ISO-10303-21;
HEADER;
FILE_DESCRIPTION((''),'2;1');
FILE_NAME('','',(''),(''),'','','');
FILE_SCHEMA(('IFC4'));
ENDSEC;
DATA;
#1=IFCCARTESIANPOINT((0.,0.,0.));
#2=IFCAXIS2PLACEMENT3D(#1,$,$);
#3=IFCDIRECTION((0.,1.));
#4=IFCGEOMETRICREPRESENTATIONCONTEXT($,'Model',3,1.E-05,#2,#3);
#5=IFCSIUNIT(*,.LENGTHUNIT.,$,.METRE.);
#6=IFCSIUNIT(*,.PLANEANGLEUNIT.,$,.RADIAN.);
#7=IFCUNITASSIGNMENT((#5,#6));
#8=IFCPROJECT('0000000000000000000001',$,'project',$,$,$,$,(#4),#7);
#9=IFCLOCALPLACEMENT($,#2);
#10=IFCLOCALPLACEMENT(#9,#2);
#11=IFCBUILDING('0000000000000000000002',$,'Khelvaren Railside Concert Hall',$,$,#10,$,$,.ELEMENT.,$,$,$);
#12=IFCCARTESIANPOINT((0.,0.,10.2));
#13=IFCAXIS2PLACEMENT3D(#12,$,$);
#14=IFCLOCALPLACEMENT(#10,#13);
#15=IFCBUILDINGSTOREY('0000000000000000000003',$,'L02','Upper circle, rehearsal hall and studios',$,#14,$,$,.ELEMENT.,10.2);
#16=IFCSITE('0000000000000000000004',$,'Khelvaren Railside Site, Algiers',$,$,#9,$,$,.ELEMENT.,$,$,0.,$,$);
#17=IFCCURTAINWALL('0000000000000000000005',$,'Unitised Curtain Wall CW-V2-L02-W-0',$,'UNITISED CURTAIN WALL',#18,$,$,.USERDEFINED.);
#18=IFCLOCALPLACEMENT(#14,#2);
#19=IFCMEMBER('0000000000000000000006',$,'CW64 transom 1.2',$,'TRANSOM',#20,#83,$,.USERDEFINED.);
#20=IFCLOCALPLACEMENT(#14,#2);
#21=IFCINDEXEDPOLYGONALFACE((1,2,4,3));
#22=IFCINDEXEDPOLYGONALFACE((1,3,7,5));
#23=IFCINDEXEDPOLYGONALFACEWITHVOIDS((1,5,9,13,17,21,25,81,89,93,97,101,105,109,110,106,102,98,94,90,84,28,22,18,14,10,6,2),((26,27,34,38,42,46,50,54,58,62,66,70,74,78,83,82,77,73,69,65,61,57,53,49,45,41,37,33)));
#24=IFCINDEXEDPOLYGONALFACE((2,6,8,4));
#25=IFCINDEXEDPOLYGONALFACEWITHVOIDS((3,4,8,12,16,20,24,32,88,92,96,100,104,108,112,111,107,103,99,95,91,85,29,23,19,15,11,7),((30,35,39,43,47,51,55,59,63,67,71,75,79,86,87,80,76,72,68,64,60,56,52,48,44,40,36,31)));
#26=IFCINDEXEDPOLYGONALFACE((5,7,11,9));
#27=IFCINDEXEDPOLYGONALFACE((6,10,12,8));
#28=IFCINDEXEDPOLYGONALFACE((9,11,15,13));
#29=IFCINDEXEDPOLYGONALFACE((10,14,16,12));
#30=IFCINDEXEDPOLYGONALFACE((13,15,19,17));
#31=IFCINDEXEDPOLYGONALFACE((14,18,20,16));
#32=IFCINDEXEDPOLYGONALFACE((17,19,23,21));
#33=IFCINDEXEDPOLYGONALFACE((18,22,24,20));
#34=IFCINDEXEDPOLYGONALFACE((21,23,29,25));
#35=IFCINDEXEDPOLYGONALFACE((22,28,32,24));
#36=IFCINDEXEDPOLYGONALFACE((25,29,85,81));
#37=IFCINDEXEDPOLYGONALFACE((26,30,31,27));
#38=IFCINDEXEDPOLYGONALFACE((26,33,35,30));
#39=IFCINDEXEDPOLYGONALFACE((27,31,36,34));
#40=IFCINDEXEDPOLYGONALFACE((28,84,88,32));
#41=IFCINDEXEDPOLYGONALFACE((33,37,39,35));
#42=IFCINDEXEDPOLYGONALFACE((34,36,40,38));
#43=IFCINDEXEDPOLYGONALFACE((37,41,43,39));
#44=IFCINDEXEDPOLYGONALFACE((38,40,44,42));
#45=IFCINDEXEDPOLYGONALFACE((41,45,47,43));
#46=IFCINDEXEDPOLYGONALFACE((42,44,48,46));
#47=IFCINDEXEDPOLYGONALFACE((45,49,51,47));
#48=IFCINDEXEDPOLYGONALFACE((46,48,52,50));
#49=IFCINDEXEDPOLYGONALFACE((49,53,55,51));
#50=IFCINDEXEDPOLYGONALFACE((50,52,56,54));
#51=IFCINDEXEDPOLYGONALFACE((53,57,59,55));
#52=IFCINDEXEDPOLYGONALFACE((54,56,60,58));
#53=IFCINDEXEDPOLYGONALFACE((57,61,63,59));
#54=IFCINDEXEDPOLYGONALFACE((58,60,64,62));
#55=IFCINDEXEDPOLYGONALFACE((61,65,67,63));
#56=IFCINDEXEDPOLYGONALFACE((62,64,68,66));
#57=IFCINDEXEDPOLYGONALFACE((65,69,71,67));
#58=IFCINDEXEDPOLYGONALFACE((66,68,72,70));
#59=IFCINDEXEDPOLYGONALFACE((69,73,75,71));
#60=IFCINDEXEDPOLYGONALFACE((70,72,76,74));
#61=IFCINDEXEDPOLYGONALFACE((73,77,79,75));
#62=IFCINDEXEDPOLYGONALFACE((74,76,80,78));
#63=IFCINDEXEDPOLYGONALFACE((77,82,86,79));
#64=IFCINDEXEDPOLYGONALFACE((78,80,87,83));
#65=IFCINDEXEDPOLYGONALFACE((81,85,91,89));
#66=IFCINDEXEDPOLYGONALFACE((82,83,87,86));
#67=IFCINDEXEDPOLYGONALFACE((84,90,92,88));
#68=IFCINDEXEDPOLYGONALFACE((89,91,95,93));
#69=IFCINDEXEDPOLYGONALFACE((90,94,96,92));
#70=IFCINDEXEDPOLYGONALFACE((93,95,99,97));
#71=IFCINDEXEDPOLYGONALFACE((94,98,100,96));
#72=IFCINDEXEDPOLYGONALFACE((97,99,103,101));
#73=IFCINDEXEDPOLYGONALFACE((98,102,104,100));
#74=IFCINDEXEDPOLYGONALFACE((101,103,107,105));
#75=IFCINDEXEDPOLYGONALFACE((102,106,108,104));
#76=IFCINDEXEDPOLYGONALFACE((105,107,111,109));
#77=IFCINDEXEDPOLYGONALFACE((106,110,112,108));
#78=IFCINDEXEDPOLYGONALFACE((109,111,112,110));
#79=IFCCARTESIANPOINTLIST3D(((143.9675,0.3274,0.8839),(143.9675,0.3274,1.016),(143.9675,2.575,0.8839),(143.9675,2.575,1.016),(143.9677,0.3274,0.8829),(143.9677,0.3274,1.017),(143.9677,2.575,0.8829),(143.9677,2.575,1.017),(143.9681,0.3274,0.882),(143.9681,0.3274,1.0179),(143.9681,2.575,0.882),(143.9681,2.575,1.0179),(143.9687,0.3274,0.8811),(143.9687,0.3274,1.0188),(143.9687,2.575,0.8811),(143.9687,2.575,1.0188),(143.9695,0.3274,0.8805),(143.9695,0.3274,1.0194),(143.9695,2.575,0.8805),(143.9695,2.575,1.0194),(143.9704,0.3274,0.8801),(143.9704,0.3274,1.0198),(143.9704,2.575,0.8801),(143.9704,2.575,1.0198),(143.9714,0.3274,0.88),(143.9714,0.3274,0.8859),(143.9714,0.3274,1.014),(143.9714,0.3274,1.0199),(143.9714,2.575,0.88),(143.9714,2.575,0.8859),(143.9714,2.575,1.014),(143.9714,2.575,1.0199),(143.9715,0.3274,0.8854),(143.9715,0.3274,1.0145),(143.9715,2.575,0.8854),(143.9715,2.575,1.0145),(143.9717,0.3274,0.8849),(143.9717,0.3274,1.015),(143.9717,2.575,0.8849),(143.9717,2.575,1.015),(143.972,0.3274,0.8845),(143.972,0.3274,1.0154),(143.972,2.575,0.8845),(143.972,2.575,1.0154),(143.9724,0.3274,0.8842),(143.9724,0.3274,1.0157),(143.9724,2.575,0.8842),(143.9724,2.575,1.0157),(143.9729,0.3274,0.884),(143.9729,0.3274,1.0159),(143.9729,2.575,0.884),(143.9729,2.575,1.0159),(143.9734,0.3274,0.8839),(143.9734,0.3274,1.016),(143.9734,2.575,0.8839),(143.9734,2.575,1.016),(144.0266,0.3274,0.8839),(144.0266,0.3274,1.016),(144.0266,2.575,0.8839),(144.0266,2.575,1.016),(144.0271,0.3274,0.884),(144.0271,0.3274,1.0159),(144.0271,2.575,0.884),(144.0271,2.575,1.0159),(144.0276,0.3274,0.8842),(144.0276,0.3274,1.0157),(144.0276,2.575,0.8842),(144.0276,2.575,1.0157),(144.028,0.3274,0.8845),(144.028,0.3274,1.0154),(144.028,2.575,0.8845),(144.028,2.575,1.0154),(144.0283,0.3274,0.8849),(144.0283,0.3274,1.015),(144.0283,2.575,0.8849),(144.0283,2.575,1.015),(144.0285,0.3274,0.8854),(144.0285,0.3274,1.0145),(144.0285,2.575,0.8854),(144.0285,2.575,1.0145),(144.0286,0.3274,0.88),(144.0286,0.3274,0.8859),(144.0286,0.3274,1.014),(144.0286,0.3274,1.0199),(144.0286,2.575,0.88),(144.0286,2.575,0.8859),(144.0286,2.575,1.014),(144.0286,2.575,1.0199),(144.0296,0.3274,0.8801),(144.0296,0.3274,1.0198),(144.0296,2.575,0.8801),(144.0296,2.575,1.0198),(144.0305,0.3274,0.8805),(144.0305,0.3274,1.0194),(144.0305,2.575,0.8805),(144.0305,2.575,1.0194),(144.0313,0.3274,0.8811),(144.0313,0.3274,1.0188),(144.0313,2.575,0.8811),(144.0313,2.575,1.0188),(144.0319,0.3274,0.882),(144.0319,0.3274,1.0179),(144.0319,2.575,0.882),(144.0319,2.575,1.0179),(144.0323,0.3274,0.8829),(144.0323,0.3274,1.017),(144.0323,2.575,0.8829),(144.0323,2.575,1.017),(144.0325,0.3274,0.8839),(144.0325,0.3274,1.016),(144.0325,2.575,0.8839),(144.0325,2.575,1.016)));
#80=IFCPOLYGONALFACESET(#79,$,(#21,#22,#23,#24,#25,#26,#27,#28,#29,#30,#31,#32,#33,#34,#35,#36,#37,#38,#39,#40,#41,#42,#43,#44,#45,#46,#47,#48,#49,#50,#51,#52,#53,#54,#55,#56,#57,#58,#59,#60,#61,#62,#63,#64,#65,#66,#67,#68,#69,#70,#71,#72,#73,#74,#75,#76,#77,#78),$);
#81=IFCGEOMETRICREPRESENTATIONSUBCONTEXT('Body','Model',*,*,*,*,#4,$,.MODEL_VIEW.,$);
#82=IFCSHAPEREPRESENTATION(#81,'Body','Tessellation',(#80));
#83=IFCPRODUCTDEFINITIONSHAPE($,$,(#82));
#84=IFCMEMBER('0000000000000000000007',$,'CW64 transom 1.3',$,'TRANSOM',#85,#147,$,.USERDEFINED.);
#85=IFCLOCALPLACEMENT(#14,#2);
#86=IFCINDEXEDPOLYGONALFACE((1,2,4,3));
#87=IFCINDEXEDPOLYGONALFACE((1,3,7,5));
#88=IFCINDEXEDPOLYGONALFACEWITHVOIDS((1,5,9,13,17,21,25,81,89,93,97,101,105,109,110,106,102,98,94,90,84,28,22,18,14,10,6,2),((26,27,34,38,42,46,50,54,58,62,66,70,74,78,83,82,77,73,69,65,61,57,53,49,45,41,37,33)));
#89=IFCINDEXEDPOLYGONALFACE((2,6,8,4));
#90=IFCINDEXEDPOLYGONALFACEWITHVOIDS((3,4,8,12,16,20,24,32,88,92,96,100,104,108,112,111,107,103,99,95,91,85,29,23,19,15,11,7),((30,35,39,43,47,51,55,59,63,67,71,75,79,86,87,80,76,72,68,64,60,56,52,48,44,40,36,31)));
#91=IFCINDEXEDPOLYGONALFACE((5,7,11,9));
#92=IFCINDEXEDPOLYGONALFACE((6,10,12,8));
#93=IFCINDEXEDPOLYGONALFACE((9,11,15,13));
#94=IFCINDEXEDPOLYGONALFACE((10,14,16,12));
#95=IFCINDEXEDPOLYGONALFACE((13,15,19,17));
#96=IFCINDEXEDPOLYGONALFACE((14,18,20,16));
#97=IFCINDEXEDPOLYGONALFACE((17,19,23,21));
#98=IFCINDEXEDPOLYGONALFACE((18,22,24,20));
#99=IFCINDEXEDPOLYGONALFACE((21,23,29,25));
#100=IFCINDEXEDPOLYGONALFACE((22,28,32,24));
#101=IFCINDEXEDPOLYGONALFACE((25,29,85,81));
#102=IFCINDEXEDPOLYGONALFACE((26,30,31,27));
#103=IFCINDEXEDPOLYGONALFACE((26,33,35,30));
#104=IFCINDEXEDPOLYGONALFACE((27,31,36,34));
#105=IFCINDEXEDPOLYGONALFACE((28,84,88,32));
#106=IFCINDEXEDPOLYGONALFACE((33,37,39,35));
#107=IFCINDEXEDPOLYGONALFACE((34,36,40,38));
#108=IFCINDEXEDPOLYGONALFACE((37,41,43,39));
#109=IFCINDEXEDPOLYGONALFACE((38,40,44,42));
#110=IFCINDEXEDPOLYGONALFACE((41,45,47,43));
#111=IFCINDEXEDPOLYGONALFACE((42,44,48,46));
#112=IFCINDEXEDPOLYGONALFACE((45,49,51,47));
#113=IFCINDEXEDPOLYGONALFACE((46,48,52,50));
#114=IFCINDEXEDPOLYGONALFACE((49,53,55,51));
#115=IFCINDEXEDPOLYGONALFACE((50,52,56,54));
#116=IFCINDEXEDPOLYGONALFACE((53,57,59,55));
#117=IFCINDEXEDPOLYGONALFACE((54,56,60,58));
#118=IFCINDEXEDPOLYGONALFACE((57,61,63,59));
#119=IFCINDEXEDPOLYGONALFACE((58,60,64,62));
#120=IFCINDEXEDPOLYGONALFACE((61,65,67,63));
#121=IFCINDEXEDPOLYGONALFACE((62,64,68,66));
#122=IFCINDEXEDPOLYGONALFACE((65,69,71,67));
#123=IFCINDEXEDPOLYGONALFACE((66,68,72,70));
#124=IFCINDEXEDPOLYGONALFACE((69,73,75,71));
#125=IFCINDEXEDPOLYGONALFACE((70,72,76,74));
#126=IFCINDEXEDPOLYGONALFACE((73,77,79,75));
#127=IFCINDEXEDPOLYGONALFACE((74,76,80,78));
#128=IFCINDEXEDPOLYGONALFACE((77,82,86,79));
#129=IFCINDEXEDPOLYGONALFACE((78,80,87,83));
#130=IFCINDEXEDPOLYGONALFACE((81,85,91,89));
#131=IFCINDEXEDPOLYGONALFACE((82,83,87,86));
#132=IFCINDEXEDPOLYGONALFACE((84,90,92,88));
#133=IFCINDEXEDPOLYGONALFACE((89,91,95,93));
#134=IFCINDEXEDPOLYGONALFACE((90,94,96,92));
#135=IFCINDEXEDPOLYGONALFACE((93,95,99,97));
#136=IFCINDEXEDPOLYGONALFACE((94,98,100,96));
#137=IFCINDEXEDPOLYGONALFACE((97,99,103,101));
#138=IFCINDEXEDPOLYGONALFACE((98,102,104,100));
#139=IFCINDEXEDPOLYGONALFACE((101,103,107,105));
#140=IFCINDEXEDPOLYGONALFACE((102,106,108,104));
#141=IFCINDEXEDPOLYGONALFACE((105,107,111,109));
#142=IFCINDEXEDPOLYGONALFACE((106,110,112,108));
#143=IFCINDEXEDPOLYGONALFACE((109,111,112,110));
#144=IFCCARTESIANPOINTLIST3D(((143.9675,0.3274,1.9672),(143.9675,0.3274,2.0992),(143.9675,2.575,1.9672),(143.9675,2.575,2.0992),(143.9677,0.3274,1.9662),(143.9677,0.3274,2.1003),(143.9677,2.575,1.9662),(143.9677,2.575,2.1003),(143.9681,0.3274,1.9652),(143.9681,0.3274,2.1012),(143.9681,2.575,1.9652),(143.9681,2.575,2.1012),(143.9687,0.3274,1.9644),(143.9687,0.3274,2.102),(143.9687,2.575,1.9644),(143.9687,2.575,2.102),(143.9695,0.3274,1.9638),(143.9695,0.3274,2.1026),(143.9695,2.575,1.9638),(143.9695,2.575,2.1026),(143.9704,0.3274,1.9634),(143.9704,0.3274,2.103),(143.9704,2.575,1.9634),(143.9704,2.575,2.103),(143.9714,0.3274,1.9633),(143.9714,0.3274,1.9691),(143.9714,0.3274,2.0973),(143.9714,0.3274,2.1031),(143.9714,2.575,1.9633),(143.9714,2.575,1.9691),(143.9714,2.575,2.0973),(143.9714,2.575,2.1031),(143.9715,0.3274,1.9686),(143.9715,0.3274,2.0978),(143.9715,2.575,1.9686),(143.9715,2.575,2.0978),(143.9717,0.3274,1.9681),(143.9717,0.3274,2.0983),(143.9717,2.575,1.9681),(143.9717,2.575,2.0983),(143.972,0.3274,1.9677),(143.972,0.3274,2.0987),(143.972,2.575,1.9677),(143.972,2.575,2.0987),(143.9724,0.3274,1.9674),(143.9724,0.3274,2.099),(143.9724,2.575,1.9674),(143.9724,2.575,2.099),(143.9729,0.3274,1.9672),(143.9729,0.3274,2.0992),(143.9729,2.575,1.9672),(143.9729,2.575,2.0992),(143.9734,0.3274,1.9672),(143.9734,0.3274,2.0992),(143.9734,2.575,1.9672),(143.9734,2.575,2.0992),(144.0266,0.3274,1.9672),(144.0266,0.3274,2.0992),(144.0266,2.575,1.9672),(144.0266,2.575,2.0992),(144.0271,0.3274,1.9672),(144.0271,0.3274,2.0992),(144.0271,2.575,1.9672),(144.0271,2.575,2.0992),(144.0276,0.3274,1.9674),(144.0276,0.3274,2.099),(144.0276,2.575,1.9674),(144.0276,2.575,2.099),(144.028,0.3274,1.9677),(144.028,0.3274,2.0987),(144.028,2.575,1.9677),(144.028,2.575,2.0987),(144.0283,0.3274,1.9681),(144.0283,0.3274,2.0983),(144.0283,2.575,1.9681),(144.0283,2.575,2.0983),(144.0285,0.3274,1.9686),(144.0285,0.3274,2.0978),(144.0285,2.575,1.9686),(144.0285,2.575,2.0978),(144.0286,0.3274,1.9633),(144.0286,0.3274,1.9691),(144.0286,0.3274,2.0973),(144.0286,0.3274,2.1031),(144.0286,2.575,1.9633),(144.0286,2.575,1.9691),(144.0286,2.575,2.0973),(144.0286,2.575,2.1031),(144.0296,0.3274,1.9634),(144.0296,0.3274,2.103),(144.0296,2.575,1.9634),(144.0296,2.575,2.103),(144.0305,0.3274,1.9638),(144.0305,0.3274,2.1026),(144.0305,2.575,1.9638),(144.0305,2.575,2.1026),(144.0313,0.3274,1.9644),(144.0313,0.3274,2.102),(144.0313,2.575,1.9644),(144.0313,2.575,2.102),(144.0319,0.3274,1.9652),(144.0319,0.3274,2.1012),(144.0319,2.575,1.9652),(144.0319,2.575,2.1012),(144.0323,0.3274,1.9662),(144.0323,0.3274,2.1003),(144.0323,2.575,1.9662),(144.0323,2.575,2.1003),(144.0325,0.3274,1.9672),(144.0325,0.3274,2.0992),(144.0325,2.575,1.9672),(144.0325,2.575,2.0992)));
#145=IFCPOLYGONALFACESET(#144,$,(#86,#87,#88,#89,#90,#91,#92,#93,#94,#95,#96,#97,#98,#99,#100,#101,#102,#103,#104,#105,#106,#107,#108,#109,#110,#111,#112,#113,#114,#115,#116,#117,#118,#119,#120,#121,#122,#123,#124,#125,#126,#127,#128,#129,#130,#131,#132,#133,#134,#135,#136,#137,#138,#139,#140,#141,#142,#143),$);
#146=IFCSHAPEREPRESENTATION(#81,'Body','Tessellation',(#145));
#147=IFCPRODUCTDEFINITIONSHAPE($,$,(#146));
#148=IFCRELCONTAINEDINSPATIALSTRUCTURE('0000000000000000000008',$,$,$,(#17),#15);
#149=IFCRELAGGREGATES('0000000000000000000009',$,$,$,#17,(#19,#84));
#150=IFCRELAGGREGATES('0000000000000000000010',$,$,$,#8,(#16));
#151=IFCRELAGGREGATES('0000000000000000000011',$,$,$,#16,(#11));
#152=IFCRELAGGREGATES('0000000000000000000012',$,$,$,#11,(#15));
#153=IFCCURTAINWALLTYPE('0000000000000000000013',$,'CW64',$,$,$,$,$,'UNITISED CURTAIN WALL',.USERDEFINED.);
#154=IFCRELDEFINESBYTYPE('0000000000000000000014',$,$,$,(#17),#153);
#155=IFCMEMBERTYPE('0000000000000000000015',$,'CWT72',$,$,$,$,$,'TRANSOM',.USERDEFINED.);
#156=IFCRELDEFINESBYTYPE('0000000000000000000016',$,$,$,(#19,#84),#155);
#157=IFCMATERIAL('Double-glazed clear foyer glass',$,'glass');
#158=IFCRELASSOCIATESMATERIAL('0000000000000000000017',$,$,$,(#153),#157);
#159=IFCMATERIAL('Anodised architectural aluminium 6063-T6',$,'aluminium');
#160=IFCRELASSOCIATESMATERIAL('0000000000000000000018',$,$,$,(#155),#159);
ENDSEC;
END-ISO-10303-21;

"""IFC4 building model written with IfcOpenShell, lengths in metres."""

from ifc_helpers import new_model, si_unit, direction, frame, origin, origin_2d, place, context, subcontext, project, spatial, hollow_rectangle, extrude, material, material_profile, profile_set, type_object, element, aggregate, save


model = new_model("IFC4")

# Units and contexts
model_context = context("Model", 3, precision=1e-05, world=origin(), true_north=direction((0.0, 1.0)))
body_context = subcontext(model_context, "Body", "Model", "MODEL_VIEW")
ifc_project = project(units=[si_unit("LENGTHUNIT", "METRE"), si_unit("PLANEANGLEUNIT", "RADIAN")], contexts=[model_context])

# Site, building, storey
site_placement = place(None, origin())
site = spatial("IfcSite", under=ifc_project, at=site_placement, Name="Khelvaren Railside Site, Algiers", CompositionType="ELEMENT", RefElevation=0.0)
building_placement = place(site_placement, origin())
building = spatial("IfcBuilding", under=site, at=building_placement, Name="Khelvaren Railside Concert Hall", CompositionType="ELEMENT")
storey_placement = place(building_placement, frame((0.0, 0.0, 10.2)))
storey = spatial("IfcBuildingStorey", under=building, at=storey_placement, Name="L02", Description="Upper circle, rehearsal hall and studios", CompositionType="ELEMENT", Elevation=10.2)

# Curtain wall, members
ifc_material_1 = material(Name="Double-glazed clear foyer glass", Category="glass")
curtain_wall_type = type_object("IfcCurtainWallType", Name="CW64", ElementType="UNITISED CURTAIN WALL", PredefinedType="USERDEFINED", material=ifc_material_1)
curtain_wall_placement = place(storey_placement, origin())
curtain_wall = element("IfcCurtainWall", 1, at=curtain_wall_placement, inside=storey, type_object=curtain_wall_type, Name="Unitised Curtain Wall CW-V2-L02-W-0", ObjectType="UNITISED CURTAIN WALL", PredefinedType="USERDEFINED")
ifc_material_2 = material(Name="Anodised architectural aluminium 6063-T6", Category="aluminium")
ifc_material_profile_1 = material_profile(ifc_material_2, hollow_rectangle(XDim=0.0649, YDim=0.1399, WallThickness=0.0039, InnerFilletRadius=0.002, OuterFilletRadius=0.0039, at=origin_2d()), Name="CWT 65x140x4")
ifc_profile_set_1 = profile_set([ifc_material_profile_1], Name="Anodised architectural aluminium 6063-T6")
member_type_1 = type_object("IfcMemberType", Name="CWT72", ElementType="TRANSOM", PredefinedType="USERDEFINED", material=ifc_profile_set_1)
member_1_placement = place(storey_placement, frame((144.0, 0.3274, 0.95), z_axis=(0.0, 1.0, 0.0), x_axis=(-1.0, 0.0, 0.0)))
member_1 = element("IfcMember", 2, at=member_1_placement, type_object=member_type_1, Name="CW64 transom 1.2", ObjectType="TRANSOM", PredefinedType="USERDEFINED", context=body_context, shape_type="SweptSolid", body=[
    extrude(hollow_rectangle(XDim=0.0649, YDim=0.1399, WallThickness=0.0039, InnerFilletRadius=0.002, OuterFilletRadius=0.0039, at=origin_2d()), origin(), (0.0, 0.0, 1.0), 2.2476),
])
member_2_placement = place(storey_placement, frame((144.0, 0.3274, 2.0332), z_axis=(0.0, 1.0, 0.0), x_axis=(-1.0, 0.0, 0.0)))
member_2 = element("IfcMember", 3, at=member_2_placement, type_object=member_type_1, Name="CW64 transom 1.3", ObjectType="TRANSOM", PredefinedType="USERDEFINED", context=body_context, shape_type="SweptSolid", body=[
    extrude(hollow_rectangle(XDim=0.0649, YDim=0.1399, WallThickness=0.0039, InnerFilletRadius=0.002, OuterFilletRadius=0.0039, at=origin_2d()), origin(), (0.0, 0.0, 1.0), 2.2476),
])

aggregate(curtain_wall, [member_1, member_2])

save(model, "model.ifc")
